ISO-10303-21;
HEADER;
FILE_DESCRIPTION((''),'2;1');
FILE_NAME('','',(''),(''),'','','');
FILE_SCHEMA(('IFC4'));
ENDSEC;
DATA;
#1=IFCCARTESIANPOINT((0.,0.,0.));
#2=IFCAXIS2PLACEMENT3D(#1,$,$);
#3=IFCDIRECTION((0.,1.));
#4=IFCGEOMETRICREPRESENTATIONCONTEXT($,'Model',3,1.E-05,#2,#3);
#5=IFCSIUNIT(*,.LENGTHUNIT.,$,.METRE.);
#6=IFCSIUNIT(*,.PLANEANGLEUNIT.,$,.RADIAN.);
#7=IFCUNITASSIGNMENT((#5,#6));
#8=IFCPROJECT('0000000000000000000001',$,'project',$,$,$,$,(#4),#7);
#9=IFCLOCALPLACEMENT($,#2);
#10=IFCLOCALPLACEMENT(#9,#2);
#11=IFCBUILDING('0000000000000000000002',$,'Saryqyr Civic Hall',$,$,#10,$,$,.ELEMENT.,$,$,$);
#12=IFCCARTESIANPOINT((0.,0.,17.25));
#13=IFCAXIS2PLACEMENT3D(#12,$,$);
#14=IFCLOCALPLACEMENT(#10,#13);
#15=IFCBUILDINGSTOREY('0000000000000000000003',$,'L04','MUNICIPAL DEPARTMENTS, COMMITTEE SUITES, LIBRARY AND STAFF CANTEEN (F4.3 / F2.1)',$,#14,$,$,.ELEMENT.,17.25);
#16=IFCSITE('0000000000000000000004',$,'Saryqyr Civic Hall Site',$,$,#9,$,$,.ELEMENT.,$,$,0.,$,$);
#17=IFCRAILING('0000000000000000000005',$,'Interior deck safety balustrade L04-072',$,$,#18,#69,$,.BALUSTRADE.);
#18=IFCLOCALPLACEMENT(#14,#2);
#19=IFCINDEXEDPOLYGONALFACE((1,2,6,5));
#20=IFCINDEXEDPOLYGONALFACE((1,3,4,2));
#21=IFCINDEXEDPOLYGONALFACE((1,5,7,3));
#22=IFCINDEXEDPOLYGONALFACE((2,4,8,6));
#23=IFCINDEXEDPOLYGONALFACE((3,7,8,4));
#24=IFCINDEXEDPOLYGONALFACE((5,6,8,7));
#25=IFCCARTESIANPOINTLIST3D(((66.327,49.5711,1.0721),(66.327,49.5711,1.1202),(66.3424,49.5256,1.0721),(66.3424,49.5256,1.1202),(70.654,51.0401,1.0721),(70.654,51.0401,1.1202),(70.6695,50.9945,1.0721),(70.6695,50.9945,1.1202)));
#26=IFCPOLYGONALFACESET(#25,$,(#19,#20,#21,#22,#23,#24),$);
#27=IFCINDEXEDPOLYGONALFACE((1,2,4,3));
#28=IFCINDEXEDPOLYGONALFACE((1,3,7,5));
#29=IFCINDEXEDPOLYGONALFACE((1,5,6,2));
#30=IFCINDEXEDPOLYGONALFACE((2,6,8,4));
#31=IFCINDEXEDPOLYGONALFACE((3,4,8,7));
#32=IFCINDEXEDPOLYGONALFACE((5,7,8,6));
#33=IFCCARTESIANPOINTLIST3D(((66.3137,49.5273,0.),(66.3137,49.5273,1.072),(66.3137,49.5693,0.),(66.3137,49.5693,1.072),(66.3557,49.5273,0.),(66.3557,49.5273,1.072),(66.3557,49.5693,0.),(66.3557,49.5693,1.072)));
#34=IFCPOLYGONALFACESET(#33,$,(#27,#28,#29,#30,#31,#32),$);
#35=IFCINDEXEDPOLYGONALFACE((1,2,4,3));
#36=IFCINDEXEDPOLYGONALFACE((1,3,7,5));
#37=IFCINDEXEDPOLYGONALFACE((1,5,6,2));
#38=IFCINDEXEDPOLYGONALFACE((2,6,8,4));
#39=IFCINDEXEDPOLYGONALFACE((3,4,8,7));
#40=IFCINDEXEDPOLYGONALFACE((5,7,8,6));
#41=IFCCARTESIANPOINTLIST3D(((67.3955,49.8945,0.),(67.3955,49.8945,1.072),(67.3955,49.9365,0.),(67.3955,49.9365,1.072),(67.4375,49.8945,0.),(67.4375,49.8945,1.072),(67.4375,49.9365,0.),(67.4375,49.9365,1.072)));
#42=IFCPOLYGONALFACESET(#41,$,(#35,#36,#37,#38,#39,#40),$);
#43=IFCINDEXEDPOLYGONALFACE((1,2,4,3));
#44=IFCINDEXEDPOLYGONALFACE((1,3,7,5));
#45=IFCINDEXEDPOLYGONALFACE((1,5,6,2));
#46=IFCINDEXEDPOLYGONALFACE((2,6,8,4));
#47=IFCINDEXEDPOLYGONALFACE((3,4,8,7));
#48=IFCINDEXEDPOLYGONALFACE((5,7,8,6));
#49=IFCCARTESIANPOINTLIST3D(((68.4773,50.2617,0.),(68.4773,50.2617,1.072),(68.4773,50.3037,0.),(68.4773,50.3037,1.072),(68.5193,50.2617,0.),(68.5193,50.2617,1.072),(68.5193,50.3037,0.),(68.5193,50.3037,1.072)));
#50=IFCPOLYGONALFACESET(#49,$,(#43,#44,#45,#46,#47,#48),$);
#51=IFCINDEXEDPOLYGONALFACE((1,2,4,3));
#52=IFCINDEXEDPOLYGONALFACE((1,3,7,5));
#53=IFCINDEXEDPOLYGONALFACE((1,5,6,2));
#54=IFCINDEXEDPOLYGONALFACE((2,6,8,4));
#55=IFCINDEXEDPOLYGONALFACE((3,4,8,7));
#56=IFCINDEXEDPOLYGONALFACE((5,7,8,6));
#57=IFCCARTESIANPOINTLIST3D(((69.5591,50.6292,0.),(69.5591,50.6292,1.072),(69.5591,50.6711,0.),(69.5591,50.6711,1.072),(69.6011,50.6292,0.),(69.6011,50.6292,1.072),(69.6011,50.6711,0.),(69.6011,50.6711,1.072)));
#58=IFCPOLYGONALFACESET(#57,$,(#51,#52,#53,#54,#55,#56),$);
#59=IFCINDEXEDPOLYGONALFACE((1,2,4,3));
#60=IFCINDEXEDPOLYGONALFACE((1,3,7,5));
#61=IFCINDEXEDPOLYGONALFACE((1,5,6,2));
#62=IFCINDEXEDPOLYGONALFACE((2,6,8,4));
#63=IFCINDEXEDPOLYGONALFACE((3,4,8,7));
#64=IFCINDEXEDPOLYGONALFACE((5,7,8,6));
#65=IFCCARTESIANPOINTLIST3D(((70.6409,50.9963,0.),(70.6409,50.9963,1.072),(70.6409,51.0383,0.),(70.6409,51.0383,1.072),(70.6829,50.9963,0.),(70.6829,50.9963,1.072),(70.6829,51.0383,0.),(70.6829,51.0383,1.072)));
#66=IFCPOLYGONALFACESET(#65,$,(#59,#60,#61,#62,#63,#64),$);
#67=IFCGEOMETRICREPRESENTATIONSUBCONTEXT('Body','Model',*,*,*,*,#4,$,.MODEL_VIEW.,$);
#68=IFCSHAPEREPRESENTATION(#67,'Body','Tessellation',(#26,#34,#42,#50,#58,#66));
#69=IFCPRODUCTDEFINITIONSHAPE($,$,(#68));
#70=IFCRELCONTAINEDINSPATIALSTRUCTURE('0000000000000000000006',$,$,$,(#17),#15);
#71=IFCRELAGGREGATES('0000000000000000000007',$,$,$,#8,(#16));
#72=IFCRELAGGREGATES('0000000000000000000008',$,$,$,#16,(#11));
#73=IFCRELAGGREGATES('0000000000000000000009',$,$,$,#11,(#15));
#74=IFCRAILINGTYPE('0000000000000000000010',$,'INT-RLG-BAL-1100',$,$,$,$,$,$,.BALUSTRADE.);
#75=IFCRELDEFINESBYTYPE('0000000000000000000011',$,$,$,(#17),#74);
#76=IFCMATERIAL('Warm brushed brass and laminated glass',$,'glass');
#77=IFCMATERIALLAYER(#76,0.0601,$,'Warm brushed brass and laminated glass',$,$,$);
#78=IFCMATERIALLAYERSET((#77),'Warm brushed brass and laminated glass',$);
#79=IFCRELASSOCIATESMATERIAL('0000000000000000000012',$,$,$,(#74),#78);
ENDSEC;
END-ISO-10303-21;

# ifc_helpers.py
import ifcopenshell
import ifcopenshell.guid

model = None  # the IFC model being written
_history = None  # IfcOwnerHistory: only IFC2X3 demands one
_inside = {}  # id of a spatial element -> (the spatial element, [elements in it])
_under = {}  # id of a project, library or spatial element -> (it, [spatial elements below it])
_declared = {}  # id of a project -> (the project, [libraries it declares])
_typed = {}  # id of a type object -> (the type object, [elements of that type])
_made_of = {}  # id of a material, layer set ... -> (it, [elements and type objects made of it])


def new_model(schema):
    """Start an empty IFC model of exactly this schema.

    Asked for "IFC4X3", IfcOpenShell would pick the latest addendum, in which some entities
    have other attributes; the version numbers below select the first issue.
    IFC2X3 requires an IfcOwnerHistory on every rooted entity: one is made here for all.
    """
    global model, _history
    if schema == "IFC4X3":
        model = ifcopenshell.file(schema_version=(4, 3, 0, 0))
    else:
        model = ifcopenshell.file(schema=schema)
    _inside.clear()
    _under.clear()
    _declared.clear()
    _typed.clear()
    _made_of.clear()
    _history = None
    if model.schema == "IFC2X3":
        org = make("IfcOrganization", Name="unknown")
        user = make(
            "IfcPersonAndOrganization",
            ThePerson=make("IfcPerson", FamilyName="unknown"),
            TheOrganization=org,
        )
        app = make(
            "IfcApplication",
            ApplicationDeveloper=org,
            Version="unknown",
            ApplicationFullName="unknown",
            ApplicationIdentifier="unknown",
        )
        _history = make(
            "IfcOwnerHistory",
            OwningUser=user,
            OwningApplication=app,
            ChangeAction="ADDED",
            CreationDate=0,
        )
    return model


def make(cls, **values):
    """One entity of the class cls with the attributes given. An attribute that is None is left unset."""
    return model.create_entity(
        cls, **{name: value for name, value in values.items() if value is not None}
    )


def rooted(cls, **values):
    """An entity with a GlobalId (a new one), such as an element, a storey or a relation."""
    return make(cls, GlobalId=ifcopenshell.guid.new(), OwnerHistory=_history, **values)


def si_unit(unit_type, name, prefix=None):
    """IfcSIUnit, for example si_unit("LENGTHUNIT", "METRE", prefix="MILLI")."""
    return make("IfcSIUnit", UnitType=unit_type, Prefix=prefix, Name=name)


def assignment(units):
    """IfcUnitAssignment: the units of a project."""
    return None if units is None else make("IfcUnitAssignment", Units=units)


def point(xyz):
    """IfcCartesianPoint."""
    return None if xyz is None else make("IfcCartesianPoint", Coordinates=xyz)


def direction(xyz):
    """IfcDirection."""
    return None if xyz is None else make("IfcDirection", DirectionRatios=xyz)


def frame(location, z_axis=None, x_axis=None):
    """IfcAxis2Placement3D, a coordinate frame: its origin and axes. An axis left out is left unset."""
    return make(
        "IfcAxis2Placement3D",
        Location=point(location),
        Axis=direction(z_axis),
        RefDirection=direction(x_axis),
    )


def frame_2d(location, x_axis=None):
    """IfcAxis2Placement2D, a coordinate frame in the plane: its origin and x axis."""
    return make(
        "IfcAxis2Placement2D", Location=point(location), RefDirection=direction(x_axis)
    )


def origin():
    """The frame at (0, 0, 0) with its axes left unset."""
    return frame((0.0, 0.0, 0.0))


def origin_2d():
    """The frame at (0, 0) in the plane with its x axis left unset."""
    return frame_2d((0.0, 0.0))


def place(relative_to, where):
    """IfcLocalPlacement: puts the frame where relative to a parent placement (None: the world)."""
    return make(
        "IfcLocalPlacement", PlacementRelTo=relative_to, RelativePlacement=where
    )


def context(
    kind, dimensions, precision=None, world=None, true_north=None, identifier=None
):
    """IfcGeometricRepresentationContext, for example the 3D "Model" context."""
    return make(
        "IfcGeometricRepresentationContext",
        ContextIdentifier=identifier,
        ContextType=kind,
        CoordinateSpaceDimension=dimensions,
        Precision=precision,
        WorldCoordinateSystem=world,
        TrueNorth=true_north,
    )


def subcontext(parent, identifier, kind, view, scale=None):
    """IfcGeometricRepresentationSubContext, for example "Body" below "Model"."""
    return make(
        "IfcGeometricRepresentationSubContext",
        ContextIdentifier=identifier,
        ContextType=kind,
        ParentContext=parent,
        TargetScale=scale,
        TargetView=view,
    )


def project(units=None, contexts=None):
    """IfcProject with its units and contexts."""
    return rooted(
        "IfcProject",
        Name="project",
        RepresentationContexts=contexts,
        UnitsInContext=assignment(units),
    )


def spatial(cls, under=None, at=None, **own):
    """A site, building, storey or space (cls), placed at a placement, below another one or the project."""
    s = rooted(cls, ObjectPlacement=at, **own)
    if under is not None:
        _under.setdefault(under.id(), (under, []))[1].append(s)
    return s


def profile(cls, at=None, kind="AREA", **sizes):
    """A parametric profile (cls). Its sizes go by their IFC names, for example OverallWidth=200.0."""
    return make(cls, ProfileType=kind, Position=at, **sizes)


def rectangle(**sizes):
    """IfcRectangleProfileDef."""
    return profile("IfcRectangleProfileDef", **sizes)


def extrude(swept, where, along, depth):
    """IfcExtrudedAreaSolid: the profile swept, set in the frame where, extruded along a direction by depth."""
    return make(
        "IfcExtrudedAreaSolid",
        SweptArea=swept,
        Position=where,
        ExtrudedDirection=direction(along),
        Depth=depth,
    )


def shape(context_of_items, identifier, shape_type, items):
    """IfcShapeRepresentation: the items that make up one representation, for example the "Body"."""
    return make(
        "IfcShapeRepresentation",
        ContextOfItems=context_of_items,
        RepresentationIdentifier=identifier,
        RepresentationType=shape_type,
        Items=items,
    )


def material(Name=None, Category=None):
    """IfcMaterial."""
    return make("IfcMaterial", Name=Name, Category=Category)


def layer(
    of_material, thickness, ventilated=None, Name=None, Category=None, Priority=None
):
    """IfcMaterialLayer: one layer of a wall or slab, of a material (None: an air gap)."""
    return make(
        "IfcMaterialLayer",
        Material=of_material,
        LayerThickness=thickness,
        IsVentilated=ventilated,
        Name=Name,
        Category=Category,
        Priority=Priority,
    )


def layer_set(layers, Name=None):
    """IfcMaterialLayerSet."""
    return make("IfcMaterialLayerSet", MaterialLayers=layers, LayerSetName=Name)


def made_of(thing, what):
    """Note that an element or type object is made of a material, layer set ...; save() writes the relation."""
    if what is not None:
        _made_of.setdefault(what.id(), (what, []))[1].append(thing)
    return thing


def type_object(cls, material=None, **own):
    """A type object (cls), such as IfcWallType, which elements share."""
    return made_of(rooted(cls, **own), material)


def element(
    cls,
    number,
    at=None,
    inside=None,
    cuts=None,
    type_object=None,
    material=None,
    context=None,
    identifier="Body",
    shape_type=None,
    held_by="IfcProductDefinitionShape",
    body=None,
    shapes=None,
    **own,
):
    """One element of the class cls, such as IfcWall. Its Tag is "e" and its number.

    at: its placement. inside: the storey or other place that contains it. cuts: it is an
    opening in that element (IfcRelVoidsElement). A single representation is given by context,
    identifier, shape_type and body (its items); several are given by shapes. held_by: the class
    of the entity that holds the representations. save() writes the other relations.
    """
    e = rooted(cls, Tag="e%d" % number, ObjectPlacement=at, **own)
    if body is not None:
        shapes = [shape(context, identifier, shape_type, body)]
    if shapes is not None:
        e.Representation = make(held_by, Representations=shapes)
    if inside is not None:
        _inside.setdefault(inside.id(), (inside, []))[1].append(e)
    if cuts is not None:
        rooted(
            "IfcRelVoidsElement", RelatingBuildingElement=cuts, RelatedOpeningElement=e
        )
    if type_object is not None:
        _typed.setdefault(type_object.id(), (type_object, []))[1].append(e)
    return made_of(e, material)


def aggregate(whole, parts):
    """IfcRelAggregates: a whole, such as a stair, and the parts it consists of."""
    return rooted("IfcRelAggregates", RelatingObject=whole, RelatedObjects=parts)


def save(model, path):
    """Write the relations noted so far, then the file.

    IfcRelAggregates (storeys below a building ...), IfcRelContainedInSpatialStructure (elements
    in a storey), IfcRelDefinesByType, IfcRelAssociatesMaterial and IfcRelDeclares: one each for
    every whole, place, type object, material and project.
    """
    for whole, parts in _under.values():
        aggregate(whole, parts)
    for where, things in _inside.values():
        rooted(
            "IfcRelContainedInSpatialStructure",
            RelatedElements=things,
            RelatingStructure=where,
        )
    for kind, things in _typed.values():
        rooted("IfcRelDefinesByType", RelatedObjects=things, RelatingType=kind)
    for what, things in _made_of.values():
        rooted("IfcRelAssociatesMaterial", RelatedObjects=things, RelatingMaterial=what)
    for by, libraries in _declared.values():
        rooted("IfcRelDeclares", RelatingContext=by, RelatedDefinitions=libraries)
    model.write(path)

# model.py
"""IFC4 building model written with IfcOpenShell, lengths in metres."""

from ifc_helpers import new_model, si_unit, direction, frame, origin, origin_2d, place, context, subcontext, project, spatial, rectangle, extrude, material, layer, layer_set, type_object, element, save


model = new_model("IFC4")

# Units and contexts
model_context = context("Model", 3, precision=1e-05, world=origin(), true_north=direction((0.0, 1.0)))
body_context = subcontext(model_context, "Body", "Model", "MODEL_VIEW")
ifc_project = project(units=[si_unit("LENGTHUNIT", "METRE"), si_unit("PLANEANGLEUNIT", "RADIAN")], contexts=[model_context])

# Site, building, storey
site_placement = place(None, origin())
site = spatial("IfcSite", under=ifc_project, at=site_placement, Name="Saryqyr Civic Hall Site", CompositionType="ELEMENT", RefElevation=0.0)
building_placement = place(site_placement, origin())
building = spatial("IfcBuilding", under=site, at=building_placement, Name="Saryqyr Civic Hall", CompositionType="ELEMENT")
storey_placement = place(building_placement, frame((0.0, 0.0, 17.25)))
storey = spatial("IfcBuildingStorey", under=building, at=storey_placement, Name="L04", Description="MUNICIPAL DEPARTMENTS, COMMITTEE SUITES, LIBRARY AND STAFF CANTEEN (F4.3 / F2.1)", CompositionType="ELEMENT", Elevation=17.25)

# Railing
ifc_material_1 = material(Name="Warm brushed brass and laminated glass", Category="glass")
ifc_layer_1 = layer(ifc_material_1, 0.0601, Name="Warm brushed brass and laminated glass")
ifc_layer_set_1 = layer_set([ifc_layer_1], Name="Warm brushed brass and laminated glass")
railing_type = type_object("IfcRailingType", Name="INT-RLG-BAL-1100", PredefinedType="BALUSTRADE", material=ifc_layer_set_1)
railing_1_placement = place(storey_placement, frame((66.3347, 49.5483, 0.0)))
element("IfcRailing", 1, at=railing_1_placement, inside=storey, type_object=railing_type, Name="Interior deck safety balustrade L04-072", PredefinedType="BALUSTRADE", context=body_context, shape_type="SweptSolid", body=[
    extrude(rectangle(XDim=0.0481, YDim=0.0481, at=origin_2d()), frame((0.0, 0.0, 1.0962), z_axis=(0.946922, 0.321464, 0.0), x_axis=(-0.321464, 0.946922, 0.0)), (0.0, 0.0, 1.0), 4.5696),
    extrude(rectangle(XDim=0.042, YDim=0.042, at=origin_2d()), origin(), (0.0, 0.0, 1.0), 1.072),
    extrude(rectangle(XDim=0.042, YDim=0.042, at=origin_2d()), frame((1.0818, 0.3672, 0.0)), (0.0, 0.0, 1.0), 1.072),
    extrude(rectangle(XDim=0.042, YDim=0.042, at=origin_2d()), frame((2.1636, 0.7344, 0.0)), (0.0, 0.0, 1.0), 1.072),
    extrude(rectangle(XDim=0.042, YDim=0.042, at=origin_2d()), frame((3.2454, 1.1018, 0.0)), (0.0, 0.0, 1.0), 1.072),
    extrude(rectangle(XDim=0.042, YDim=0.042, at=origin_2d()), frame((4.3271, 1.469, 0.0)), (0.0, 0.0, 1.0), 1.072),
])

save(model, "model.ifc")
